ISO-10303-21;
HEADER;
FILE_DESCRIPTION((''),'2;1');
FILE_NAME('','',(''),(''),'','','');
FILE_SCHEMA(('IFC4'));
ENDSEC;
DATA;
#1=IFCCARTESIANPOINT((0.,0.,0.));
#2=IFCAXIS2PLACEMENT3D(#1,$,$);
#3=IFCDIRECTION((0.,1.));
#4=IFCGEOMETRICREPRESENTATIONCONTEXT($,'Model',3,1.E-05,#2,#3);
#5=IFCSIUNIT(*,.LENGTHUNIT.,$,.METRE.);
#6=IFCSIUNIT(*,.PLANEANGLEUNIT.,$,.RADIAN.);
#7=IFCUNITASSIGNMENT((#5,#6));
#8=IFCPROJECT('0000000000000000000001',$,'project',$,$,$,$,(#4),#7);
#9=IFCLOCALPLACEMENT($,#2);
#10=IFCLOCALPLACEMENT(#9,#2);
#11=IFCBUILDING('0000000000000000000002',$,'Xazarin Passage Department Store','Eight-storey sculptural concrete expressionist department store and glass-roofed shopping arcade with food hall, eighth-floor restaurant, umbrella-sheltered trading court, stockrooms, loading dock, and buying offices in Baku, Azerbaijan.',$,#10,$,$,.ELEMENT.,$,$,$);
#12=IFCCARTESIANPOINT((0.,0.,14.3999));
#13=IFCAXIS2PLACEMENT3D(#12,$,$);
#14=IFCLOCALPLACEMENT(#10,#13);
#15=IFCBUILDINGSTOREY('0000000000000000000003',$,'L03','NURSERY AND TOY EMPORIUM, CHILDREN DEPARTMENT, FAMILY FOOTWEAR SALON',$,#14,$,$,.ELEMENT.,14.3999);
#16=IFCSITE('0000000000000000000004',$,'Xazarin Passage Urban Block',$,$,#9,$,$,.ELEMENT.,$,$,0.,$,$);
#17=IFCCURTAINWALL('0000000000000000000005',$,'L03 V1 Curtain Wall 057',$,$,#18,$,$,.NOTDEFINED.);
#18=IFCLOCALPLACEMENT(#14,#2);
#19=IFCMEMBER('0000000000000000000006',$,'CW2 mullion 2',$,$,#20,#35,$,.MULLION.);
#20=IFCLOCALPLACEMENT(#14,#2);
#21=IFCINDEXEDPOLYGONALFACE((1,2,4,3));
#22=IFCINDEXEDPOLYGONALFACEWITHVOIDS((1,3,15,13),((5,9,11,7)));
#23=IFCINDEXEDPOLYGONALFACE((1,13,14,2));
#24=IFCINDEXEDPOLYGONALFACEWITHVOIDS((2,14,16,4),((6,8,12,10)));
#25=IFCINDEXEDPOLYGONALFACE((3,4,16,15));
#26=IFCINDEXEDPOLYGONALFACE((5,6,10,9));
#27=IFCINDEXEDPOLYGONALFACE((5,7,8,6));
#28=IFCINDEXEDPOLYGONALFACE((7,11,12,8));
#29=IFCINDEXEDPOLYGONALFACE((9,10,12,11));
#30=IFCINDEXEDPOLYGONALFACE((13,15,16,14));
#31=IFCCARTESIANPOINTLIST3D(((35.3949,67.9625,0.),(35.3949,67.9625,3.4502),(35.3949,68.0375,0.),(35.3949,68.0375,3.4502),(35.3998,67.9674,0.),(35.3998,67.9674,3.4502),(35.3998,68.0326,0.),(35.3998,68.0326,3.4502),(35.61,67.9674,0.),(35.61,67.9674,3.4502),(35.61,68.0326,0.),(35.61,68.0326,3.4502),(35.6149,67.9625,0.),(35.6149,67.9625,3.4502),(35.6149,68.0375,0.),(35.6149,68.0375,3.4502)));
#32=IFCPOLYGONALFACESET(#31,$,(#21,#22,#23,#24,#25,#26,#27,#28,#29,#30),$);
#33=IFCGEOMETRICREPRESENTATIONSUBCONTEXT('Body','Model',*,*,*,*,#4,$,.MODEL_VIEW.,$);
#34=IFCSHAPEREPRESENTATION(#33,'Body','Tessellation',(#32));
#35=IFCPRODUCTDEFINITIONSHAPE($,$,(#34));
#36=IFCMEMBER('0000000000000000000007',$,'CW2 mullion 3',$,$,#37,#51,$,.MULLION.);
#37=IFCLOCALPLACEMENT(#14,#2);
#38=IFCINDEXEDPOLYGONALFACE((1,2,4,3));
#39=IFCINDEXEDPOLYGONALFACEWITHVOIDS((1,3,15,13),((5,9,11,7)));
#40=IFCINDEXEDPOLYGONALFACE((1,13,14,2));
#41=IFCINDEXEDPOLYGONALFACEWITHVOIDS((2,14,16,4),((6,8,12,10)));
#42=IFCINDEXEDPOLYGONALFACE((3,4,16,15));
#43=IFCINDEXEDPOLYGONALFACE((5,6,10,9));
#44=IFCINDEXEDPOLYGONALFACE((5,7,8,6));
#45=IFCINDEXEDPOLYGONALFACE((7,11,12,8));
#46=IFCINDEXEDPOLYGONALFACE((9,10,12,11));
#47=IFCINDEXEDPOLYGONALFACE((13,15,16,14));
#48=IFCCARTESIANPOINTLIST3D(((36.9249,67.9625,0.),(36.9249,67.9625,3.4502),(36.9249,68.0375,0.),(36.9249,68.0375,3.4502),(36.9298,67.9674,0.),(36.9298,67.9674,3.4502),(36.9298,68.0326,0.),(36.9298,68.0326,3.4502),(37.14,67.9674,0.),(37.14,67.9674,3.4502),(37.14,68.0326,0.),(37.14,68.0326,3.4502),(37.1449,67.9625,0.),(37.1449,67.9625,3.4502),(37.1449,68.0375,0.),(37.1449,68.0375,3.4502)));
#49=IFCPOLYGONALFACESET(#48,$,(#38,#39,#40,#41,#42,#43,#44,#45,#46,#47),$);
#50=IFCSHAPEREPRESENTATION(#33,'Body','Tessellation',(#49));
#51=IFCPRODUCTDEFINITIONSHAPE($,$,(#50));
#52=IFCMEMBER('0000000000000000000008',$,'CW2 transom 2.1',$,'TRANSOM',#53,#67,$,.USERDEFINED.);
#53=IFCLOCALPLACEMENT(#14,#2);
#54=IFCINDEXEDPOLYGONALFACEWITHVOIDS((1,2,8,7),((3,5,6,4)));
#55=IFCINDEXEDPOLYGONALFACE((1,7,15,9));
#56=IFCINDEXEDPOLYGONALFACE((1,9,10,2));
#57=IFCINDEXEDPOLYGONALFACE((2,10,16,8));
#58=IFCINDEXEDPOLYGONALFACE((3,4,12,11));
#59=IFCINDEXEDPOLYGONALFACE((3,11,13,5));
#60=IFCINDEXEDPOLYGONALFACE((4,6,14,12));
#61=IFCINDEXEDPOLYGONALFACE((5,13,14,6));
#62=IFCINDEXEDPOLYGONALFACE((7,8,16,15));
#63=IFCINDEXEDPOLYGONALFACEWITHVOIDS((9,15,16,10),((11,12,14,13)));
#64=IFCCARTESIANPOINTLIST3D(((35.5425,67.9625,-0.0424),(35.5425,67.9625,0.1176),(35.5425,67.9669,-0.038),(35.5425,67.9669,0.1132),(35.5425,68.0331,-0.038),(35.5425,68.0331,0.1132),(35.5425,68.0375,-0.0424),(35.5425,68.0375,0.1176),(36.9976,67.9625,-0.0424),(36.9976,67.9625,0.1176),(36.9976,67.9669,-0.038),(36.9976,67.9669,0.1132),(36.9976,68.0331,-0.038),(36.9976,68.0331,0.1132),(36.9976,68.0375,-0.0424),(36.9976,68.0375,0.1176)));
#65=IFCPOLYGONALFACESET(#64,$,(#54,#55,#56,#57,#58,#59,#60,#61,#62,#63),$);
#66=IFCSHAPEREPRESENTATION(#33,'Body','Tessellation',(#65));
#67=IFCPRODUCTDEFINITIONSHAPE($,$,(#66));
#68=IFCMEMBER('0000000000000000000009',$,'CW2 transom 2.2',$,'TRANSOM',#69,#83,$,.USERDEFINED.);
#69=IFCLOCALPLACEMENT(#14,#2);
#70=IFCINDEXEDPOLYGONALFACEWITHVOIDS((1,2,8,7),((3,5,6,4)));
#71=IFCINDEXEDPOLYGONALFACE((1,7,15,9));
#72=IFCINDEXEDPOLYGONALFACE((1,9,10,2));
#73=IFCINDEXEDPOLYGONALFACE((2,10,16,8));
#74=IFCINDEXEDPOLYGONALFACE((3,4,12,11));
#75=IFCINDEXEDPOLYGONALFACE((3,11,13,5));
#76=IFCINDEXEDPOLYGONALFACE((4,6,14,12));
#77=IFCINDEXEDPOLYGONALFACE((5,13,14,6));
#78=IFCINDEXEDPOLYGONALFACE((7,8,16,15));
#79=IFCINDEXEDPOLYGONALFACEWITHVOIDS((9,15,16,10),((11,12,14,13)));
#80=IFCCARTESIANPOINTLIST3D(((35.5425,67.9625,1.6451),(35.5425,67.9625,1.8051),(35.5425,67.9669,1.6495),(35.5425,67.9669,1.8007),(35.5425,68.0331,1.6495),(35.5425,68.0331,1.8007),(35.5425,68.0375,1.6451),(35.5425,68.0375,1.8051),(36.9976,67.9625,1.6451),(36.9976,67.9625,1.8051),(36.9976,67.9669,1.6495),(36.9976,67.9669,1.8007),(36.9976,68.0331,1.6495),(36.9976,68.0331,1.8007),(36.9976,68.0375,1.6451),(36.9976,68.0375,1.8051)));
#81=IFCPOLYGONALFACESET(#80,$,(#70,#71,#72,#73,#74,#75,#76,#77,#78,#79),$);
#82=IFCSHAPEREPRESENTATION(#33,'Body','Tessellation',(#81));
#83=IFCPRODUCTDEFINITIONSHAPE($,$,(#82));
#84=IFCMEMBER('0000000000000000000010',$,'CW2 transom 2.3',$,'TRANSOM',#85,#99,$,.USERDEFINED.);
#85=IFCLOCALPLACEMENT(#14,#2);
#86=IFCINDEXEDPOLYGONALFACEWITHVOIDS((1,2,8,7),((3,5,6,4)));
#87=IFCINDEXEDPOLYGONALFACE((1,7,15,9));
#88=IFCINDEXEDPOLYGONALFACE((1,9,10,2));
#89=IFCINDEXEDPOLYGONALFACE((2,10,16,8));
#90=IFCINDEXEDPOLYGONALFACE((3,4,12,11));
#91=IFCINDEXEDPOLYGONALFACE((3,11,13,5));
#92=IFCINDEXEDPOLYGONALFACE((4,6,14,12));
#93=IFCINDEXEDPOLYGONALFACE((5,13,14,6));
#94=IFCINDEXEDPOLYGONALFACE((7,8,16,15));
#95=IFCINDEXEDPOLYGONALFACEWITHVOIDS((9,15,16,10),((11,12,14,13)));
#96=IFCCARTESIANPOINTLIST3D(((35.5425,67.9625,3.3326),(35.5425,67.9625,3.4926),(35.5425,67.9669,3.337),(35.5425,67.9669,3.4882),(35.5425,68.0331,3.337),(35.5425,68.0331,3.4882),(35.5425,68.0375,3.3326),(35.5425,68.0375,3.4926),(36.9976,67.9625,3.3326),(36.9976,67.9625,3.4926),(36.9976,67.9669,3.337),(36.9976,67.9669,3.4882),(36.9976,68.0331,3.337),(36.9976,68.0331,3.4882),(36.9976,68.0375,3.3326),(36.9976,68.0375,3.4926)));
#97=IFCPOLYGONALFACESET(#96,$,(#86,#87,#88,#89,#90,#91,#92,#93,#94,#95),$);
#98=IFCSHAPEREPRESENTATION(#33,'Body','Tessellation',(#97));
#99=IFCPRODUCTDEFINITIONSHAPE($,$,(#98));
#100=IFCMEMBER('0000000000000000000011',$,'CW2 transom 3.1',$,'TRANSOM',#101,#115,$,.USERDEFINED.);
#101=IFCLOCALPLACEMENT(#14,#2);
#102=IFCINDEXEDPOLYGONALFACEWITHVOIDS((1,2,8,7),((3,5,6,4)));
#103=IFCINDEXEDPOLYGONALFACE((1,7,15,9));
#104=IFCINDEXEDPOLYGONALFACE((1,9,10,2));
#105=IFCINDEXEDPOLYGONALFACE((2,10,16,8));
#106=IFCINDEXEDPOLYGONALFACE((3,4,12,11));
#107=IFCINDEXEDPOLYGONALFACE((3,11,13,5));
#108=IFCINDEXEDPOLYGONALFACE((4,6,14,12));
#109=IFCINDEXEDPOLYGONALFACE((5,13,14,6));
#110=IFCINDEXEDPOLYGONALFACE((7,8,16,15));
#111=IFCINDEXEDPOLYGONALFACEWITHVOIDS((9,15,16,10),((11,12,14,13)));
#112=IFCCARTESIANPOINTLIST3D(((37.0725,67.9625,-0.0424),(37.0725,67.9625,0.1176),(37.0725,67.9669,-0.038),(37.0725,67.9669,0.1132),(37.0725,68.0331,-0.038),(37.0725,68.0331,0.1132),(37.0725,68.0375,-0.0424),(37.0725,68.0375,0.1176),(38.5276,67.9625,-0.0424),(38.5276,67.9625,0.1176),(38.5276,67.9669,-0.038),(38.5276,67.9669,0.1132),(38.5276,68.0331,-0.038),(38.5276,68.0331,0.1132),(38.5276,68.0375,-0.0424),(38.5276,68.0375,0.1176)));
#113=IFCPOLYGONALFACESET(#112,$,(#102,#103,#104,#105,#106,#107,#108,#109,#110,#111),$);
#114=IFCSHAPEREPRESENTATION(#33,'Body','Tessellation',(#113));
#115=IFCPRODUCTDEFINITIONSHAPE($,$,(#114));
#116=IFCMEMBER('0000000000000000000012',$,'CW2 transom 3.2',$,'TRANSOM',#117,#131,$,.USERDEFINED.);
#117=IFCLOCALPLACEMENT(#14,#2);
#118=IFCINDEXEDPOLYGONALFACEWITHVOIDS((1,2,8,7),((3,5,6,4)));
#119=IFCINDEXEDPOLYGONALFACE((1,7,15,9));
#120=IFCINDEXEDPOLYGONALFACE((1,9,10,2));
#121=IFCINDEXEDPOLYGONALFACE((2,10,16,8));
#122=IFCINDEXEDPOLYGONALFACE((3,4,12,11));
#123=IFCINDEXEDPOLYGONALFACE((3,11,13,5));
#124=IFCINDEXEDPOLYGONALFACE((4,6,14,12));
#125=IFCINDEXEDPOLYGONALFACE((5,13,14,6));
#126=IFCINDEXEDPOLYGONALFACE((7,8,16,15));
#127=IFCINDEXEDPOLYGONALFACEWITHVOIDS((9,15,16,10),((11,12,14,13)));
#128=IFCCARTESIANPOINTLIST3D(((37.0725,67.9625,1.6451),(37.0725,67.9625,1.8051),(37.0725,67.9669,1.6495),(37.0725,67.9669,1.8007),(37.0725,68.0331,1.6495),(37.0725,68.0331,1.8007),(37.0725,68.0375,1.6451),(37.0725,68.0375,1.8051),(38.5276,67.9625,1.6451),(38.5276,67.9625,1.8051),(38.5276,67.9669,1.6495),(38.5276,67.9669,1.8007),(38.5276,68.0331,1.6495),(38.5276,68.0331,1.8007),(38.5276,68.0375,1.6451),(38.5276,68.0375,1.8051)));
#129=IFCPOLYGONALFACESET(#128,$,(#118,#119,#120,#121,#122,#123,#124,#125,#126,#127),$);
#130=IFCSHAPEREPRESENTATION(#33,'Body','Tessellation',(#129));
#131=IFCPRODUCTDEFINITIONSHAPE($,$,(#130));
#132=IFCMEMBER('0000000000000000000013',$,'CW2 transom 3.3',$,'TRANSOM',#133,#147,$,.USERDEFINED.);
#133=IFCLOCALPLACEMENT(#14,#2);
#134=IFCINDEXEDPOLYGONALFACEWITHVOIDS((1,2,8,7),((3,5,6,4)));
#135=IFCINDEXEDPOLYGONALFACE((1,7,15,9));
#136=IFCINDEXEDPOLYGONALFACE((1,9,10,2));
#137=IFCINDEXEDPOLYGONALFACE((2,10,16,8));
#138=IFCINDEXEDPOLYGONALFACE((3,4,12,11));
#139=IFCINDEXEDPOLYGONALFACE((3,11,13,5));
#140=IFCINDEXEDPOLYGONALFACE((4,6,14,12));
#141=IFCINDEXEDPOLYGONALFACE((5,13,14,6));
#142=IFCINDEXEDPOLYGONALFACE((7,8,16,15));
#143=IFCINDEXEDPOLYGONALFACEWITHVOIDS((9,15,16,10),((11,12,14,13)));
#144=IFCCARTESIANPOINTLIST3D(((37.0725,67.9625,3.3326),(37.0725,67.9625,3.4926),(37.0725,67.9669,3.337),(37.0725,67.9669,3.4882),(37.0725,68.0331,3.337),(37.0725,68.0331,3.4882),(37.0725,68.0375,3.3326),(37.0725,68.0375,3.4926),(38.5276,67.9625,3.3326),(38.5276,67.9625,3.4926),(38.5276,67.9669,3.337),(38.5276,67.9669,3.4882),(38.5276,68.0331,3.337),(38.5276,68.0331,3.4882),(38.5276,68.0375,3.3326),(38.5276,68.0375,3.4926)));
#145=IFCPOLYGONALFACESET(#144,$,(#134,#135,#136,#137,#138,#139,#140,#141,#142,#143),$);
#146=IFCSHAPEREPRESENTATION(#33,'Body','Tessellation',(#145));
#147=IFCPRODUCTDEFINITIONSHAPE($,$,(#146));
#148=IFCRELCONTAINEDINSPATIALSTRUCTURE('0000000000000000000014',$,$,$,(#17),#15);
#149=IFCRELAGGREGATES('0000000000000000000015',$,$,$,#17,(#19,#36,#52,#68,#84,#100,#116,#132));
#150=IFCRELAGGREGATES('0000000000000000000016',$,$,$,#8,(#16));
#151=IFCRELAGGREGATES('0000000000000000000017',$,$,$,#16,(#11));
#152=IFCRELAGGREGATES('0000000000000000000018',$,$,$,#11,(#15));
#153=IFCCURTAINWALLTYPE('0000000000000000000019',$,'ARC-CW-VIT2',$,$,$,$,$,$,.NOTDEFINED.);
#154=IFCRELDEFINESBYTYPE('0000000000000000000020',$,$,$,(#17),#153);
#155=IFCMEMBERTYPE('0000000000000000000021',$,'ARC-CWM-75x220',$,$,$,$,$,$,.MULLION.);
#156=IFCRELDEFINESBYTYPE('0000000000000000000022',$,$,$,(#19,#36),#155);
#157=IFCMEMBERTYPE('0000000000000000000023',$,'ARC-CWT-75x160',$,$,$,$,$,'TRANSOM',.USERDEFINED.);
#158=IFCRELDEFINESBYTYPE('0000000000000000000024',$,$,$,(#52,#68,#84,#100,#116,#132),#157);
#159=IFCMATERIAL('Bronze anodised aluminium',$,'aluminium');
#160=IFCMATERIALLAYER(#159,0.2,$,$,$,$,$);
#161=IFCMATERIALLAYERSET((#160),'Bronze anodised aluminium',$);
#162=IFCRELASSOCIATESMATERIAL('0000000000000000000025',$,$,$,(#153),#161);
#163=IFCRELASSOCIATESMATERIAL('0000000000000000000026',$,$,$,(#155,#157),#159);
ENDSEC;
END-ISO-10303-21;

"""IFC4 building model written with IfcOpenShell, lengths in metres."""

from ifc_helpers import new_model, si_unit, direction, frame, origin, origin_2d, place, context, subcontext, project, spatial, hollow_rectangle, extrude, material, layer, layer_set, material_profile, profile_set, type_object, element, aggregate, save


model = new_model("IFC4")

# Units and contexts
model_context = context("Model", 3, precision=1e-05, world=origin(), true_north=direction((0.0, 1.0)))
body_context = subcontext(model_context, "Body", "Model", "MODEL_VIEW")
ifc_project = project(units=[si_unit("LENGTHUNIT", "METRE"), si_unit("PLANEANGLEUNIT", "RADIAN")], contexts=[model_context])

# Site, building, storey
site_placement = place(None, origin())
site = spatial("IfcSite", under=ifc_project, at=site_placement, Name="Xazarin Passage Urban Block", CompositionType="ELEMENT", RefElevation=0.0)
building_placement = place(site_placement, origin())
building = spatial("IfcBuilding", under=site, at=building_placement, Name="Xazarin Passage Department Store", Description="Eight-storey sculptural concrete expressionist department store and glass-roofed shopping arcade with food hall, eighth-floor restaurant, umbrella-sheltered trading court, stockrooms, loading dock, and buying offices in Baku, Azerbaijan.", CompositionType="ELEMENT")
storey_placement = place(building_placement, frame((0.0, 0.0, 14.3999)))
storey = spatial("IfcBuildingStorey", under=building, at=storey_placement, Name="L03", Description="NURSERY AND TOY EMPORIUM, CHILDREN DEPARTMENT, FAMILY FOOTWEAR SALON", CompositionType="ELEMENT", Elevation=14.3999)

# Curtain wall, members
ifc_material_1 = material(Name="Bronze anodised aluminium", Category="aluminium")
ifc_layer_1 = layer(ifc_material_1, 0.2)
ifc_layer_set_1 = layer_set([ifc_layer_1], Name="Bronze anodised aluminium")
curtain_wall_type = type_object("IfcCurtainWallType", Name="ARC-CW-VIT2", PredefinedType="NOTDEFINED", material=ifc_layer_set_1)
curtain_wall_placement = place(storey_placement, origin())
curtain_wall = element("IfcCurtainWall", 1, at=curtain_wall_placement, inside=storey, type_object=curtain_wall_type, Name="L03 V1 Curtain Wall 057", PredefinedType="NOTDEFINED")
ifc_material_profile_1 = material_profile(ifc_material_1, hollow_rectangle(XDim=0.075, YDim=0.22, WallThickness=0.0049, at=origin_2d()), Name="ALU 75x220")
ifc_profile_set_1 = profile_set([ifc_material_profile_1], Name="Bronze anodised aluminium")
member_type_1 = type_object("IfcMemberType", Name="ARC-CWM-75x220", PredefinedType="MULLION", material=ifc_profile_set_1)
member_1_placement = place(storey_placement, frame((35.5049, 68.0, 0.0), z_axis=(0.0, 0.0, 1.0), x_axis=(0.0, 1.0, 0.0)))
member_1 = element("IfcMember", 2, at=member_1_placement, type_object=member_type_1, Name="CW2 mullion 2", PredefinedType="MULLION", context=body_context, shape_type="SweptSolid", body=[
    extrude(hollow_rectangle(XDim=0.075, YDim=0.22, WallThickness=0.0049, at=origin_2d()), origin(), (0.0, 0.0, 1.0), 3.4502),
])
member_2_placement = place(storey_placement, frame((37.0349, 68.0, 0.0), z_axis=(0.0, 0.0, 1.0), x_axis=(0.0, 1.0, 0.0)))
member_2 = element("IfcMember", 3, at=member_2_placement, type_object=member_type_1, Name="CW2 mullion 3", PredefinedType="MULLION", context=body_context, shape_type="SweptSolid", body=[
    extrude(hollow_rectangle(XDim=0.075, YDim=0.22, WallThickness=0.0049, at=origin_2d()), origin(), (0.0, 0.0, 1.0), 3.4502),
])
ifc_material_profile_2 = material_profile(ifc_material_1, hollow_rectangle(XDim=0.075, YDim=0.1599, WallThickness=0.0044, at=origin_2d()), Name="ALU 75x160")
ifc_profile_set_2 = profile_set([ifc_material_profile_2], Name="Bronze anodised aluminium")
member_type_2 = type_object("IfcMemberType", Name="ARC-CWT-75x160", ElementType="TRANSOM", PredefinedType="USERDEFINED", material=ifc_profile_set_2)
member_3_placement = place(storey_placement, frame((35.5425, 68.0, 0.0376), z_axis=(1.0, 0.0, 0.0), x_axis=(0.0, 1.0, 0.0)))
member_3 = element("IfcMember", 4, at=member_3_placement, type_object=member_type_2, Name="CW2 transom 2.1", ObjectType="TRANSOM", PredefinedType="USERDEFINED", context=body_context, shape_type="SweptSolid", body=[
    extrude(hollow_rectangle(XDim=0.075, YDim=0.1599, WallThickness=0.0044, at=origin_2d()), origin(), (0.0, 0.0, 1.0), 1.4551),
])
member_4_placement = place(storey_placement, frame((35.5425, 68.0, 1.7251), z_axis=(1.0, 0.0, 0.0), x_axis=(0.0, 1.0, 0.0)))
member_4 = element("IfcMember", 5, at=member_4_placement, type_object=member_type_2, Name="CW2 transom 2.2", ObjectType="TRANSOM", PredefinedType="USERDEFINED", context=body_context, shape_type="SweptSolid", body=[
    extrude(hollow_rectangle(XDim=0.075, YDim=0.1599, WallThickness=0.0044, at=origin_2d()), origin(), (0.0, 0.0, 1.0), 1.4551),
])
member_5_placement = place(storey_placement, frame((35.5425, 68.0, 3.4126), z_axis=(1.0, 0.0, 0.0), x_axis=(0.0, 1.0, 0.0)))
member_5 = element("IfcMember", 6, at=member_5_placement, type_object=member_type_2, Name="CW2 transom 2.3", ObjectType="TRANSOM", PredefinedType="USERDEFINED", context=body_context, shape_type="SweptSolid", body=[
    extrude(hollow_rectangle(XDim=0.075, YDim=0.1599, WallThickness=0.0044, at=origin_2d()), origin(), (0.0, 0.0, 1.0), 1.4551),
])
member_6_placement = place(storey_placement, frame((37.0725, 68.0, 0.0376), z_axis=(1.0, 0.0, 0.0), x_axis=(0.0, 1.0, 0.0)))
member_6 = element("IfcMember", 7, at=member_6_placement, type_object=member_type_2, Name="CW2 transom 3.1", ObjectType="TRANSOM", PredefinedType="USERDEFINED", context=body_context, shape_type="SweptSolid", body=[
    extrude(hollow_rectangle(XDim=0.075, YDim=0.1599, WallThickness=0.0044, at=origin_2d()), origin(), (0.0, 0.0, 1.0), 1.4551),
])
member_7_placement = place(storey_placement, frame((37.0725, 68.0, 1.7251), z_axis=(1.0, 0.0, 0.0), x_axis=(0.0, 1.0, 0.0)))
member_7 = element("IfcMember", 8, at=member_7_placement, type_object=member_type_2, Name="CW2 transom 3.2", ObjectType="TRANSOM", PredefinedType="USERDEFINED", context=body_context, shape_type="SweptSolid", body=[
    extrude(hollow_rectangle(XDim=0.075, YDim=0.1599, WallThickness=0.0044, at=origin_2d()), origin(), (0.0, 0.0, 1.0), 1.4551),
])
member_8_placement = place(storey_placement, frame((37.0725, 68.0, 3.4126), z_axis=(1.0, 0.0, 0.0), x_axis=(0.0, 1.0, 0.0)))
member_8 = element("IfcMember", 9, at=member_8_placement, type_object=member_type_2, Name="CW2 transom 3.3", ObjectType="TRANSOM", PredefinedType="USERDEFINED", context=body_context, shape_type="SweptSolid", body=[
    extrude(hollow_rectangle(XDim=0.075, YDim=0.1599, WallThickness=0.0044, at=origin_2d()), origin(), (0.0, 0.0, 1.0), 1.4551),
])

aggregate(curtain_wall, [member_1, member_2, member_3, member_4, member_5, member_6, member_7, member_8])

save(model, "model.ifc")
